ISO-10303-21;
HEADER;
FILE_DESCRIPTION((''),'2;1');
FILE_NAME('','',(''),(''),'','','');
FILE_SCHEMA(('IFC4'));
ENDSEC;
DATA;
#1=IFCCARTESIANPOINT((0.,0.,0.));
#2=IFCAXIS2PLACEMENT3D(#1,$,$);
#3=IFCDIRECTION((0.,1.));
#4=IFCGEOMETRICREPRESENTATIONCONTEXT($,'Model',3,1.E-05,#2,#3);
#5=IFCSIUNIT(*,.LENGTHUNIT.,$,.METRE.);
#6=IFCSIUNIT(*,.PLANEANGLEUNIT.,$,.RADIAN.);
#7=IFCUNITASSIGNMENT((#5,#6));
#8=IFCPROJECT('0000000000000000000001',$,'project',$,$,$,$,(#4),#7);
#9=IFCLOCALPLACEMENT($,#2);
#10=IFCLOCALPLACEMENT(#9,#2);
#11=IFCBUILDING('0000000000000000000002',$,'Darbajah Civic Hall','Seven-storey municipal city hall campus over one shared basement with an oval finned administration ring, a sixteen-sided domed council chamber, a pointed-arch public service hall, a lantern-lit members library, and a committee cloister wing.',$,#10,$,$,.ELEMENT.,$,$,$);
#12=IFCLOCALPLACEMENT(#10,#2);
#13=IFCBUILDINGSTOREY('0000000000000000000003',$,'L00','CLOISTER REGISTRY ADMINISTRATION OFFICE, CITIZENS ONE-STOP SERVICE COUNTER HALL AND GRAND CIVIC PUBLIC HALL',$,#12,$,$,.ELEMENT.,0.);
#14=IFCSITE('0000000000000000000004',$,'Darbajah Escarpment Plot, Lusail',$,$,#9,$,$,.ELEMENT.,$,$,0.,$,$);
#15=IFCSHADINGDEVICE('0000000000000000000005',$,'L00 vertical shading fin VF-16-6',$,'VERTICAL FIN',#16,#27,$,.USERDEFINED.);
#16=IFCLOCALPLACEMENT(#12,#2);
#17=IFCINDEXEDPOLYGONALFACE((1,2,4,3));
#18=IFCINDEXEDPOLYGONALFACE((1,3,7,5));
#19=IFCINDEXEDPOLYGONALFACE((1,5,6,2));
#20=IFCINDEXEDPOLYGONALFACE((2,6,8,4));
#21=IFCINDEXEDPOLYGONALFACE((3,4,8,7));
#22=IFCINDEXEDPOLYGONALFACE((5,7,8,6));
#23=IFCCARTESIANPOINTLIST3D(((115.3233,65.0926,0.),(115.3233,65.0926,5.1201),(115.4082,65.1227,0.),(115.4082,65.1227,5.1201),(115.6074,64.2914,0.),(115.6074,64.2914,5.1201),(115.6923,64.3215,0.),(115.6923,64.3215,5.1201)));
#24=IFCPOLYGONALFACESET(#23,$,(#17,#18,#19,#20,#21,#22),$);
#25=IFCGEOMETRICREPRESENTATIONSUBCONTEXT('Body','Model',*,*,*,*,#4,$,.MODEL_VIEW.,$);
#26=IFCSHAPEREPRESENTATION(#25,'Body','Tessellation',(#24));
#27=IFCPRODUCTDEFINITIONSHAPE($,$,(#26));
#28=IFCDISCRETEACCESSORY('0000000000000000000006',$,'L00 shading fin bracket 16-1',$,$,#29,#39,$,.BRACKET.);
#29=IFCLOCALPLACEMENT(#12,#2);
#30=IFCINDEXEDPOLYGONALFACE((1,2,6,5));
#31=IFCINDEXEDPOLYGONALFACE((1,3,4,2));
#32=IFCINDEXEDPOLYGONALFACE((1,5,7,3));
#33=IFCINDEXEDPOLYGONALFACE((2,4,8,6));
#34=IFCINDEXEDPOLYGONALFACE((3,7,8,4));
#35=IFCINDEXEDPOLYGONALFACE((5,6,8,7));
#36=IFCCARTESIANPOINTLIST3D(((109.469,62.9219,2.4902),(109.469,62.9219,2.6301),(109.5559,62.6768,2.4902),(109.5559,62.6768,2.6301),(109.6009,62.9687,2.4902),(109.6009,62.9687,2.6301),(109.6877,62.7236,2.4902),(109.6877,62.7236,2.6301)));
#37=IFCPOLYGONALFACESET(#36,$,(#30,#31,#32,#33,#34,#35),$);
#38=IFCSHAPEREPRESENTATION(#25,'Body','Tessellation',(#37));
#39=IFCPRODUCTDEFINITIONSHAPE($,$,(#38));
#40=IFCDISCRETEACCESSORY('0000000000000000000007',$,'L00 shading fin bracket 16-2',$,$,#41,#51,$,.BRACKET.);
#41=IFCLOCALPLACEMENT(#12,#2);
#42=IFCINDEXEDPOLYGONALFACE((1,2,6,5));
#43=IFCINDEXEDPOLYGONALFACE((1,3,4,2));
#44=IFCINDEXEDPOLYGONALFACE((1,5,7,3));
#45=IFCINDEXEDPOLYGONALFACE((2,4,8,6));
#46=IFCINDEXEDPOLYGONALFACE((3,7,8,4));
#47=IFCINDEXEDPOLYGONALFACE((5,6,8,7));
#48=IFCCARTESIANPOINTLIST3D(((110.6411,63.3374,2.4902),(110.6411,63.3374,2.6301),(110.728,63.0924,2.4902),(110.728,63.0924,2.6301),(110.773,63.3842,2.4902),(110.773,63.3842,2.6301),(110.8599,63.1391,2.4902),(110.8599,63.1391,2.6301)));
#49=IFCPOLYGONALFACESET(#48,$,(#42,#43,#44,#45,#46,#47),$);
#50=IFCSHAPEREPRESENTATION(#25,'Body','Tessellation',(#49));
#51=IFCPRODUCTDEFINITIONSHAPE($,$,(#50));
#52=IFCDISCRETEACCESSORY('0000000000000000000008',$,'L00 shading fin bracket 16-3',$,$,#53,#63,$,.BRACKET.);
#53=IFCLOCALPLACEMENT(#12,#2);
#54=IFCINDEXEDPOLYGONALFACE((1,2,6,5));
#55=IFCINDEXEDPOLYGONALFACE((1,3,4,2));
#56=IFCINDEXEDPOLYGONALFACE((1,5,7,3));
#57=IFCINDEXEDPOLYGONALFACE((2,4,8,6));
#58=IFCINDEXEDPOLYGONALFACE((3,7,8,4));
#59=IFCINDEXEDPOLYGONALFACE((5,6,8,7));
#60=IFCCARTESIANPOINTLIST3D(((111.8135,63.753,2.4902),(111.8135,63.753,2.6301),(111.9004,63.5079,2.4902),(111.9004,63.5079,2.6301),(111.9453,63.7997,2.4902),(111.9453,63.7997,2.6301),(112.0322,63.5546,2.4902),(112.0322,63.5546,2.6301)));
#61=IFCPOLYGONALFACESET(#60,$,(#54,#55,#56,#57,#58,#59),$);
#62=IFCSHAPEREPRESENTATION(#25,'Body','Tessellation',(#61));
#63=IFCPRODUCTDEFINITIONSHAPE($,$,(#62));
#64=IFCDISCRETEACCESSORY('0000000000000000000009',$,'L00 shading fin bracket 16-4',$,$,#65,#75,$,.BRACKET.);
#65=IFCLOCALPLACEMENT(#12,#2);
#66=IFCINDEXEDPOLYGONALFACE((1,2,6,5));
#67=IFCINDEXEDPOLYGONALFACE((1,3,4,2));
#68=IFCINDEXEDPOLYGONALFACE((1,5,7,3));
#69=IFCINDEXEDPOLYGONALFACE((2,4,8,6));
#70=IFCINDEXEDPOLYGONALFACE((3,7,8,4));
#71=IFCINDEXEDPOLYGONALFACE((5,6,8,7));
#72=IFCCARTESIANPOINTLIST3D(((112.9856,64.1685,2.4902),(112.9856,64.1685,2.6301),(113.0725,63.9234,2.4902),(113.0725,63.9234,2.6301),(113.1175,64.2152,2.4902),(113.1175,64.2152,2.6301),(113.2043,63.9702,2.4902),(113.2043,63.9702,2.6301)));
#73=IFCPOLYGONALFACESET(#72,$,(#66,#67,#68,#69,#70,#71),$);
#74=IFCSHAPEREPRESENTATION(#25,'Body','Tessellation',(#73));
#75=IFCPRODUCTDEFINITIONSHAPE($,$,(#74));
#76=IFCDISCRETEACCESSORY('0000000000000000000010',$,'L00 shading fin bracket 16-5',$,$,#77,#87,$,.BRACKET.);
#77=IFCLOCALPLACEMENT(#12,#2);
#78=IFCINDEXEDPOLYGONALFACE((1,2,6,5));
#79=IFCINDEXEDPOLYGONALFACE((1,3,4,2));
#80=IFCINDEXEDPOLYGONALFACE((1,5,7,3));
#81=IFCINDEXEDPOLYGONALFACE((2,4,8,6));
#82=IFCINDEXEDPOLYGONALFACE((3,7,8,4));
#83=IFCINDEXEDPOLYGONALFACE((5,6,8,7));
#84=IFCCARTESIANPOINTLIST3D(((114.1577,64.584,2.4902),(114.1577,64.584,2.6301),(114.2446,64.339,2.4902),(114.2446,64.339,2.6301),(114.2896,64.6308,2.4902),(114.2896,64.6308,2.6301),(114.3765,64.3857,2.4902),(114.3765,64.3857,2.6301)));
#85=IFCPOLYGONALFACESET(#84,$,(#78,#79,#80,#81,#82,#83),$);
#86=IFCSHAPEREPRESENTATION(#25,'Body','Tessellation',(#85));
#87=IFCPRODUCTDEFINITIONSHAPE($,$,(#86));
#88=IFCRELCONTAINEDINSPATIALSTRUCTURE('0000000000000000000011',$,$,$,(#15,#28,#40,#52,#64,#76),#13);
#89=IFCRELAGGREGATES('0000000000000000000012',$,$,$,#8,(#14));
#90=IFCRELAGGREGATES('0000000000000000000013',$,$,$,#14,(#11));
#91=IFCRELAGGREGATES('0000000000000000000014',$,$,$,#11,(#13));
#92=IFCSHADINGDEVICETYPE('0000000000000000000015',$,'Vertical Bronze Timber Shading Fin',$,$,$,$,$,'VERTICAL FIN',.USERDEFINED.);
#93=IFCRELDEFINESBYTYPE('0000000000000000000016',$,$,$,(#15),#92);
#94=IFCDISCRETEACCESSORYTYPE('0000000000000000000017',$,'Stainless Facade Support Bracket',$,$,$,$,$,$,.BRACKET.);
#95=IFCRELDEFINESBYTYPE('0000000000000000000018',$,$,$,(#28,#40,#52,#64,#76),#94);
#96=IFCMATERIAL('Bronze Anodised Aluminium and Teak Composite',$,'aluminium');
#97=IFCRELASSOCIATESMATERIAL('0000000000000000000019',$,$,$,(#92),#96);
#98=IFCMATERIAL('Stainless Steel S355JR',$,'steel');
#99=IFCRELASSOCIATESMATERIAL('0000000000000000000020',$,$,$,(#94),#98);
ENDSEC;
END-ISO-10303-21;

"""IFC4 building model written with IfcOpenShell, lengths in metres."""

from ifc_helpers import new_model, si_unit, direction, frame, origin, origin_2d, place, context, subcontext, project, spatial, rectangle, extrude, material, type_object, element, save


model = new_model("IFC4")

# Units and contexts
model_context = context("Model", 3, precision=1e-05, world=origin(), true_north=direction((0.0, 1.0)))
body_context = subcontext(model_context, "Body", "Model", "MODEL_VIEW")
ifc_project = project(units=[si_unit("LENGTHUNIT", "METRE"), si_unit("PLANEANGLEUNIT", "RADIAN")], contexts=[model_context])

# Site, building, storey
site_placement = place(None, origin())
site = spatial("IfcSite", under=ifc_project, at=site_placement, Name="Darbajah Escarpment Plot, Lusail", CompositionType="ELEMENT", RefElevation=0.0)
building_placement = place(site_placement, origin())
building = spatial("IfcBuilding", under=site, at=building_placement, Name="Darbajah Civic Hall", Description="Seven-storey municipal city hall campus over one shared basement with an oval finned administration ring, a sixteen-sided domed council chamber, a pointed-arch public service hall, a lantern-lit members library, and a committee cloister wing.", CompositionType="ELEMENT")
storey_placement = place(building_placement, origin())
storey = spatial("IfcBuildingStorey", under=building, at=storey_placement, Name="L00", Description="CLOISTER REGISTRY ADMINISTRATION OFFICE, CITIZENS ONE-STOP SERVICE COUNTER HALL AND GRAND CIVIC PUBLIC HALL", CompositionType="ELEMENT", Elevation=0.0)

# Shading device
ifc_material_1 = material(Name="Bronze Anodised Aluminium and Teak Composite", Category="aluminium")
shading_device_type = type_object("IfcShadingDeviceType", Name="Vertical Bronze Timber Shading Fin", ElementType="VERTICAL FIN", PredefinedType="USERDEFINED", material=ifc_material_1)
for number, where, z_axis, x_axis, name in (
    (1, (115.5078, 64.707, 0.0), (0.0, 0.0, 1.0), (0.334136, -0.942525, 0.0), "L00 vertical shading fin VF-16-6"),
):
    element("IfcShadingDevice", number, at=place(storey_placement, frame(where, z_axis=z_axis, x_axis=x_axis)), inside=storey, type_object=shading_device_type, Name=name, ObjectType="VERTICAL FIN", PredefinedType="USERDEFINED", context=body_context, shape_type="SweptSolid", body=[
        extrude(rectangle(XDim=0.8501, YDim=0.0901, at=origin_2d()), origin(), (0.0, 0.0, 1.0), 5.1201),
    ])

# Discrete accessories
ifc_material_2 = material(Name="Stainless Steel S355JR", Category="steel")
discrete_accessory_type = type_object("IfcDiscreteAccessoryType", Name="Stainless Facade Support Bracket", PredefinedType="BRACKET", material=ifc_material_2)
for number, where, z_axis, x_axis, name in (
    (2, (109.5784, 62.8228, 2.4902), (0.0, 0.0, 1.0), (0.334136, -0.942525, 0.0), "L00 shading fin bracket 16-1"),
    (3, (110.7505, 63.2383, 2.4902), (0.0, 0.0, 1.0), (0.334136, -0.942525, 0.0), "L00 shading fin bracket 16-2"),
    (4, (111.9229, 63.6538, 2.4902), (0.0, 0.0, 1.0), (0.334136, -0.942525, 0.0), "L00 shading fin bracket 16-3"),
    (5, (113.095, 64.0693, 2.4902), (0.0, 0.0, 1.0), (0.334136, -0.942525, 0.0), "L00 shading fin bracket 16-4"),
    (6, (114.2671, 64.4849, 2.4902), (0.0, 0.0, 1.0), (0.334136, -0.942525, 0.0), "L00 shading fin bracket 16-5"),
):
    element("IfcDiscreteAccessory", number, at=place(storey_placement, frame(where, z_axis=z_axis, x_axis=x_axis)), inside=storey, type_object=discrete_accessory_type, Name=name, PredefinedType="BRACKET", context=body_context, shape_type="SweptSolid", body=[
        extrude(rectangle(XDim=0.26, YDim=0.1399, at=origin_2d()), origin(), (0.0, 0.0, 1.0), 0.1399),
    ])

save(model, "model.ifc")
